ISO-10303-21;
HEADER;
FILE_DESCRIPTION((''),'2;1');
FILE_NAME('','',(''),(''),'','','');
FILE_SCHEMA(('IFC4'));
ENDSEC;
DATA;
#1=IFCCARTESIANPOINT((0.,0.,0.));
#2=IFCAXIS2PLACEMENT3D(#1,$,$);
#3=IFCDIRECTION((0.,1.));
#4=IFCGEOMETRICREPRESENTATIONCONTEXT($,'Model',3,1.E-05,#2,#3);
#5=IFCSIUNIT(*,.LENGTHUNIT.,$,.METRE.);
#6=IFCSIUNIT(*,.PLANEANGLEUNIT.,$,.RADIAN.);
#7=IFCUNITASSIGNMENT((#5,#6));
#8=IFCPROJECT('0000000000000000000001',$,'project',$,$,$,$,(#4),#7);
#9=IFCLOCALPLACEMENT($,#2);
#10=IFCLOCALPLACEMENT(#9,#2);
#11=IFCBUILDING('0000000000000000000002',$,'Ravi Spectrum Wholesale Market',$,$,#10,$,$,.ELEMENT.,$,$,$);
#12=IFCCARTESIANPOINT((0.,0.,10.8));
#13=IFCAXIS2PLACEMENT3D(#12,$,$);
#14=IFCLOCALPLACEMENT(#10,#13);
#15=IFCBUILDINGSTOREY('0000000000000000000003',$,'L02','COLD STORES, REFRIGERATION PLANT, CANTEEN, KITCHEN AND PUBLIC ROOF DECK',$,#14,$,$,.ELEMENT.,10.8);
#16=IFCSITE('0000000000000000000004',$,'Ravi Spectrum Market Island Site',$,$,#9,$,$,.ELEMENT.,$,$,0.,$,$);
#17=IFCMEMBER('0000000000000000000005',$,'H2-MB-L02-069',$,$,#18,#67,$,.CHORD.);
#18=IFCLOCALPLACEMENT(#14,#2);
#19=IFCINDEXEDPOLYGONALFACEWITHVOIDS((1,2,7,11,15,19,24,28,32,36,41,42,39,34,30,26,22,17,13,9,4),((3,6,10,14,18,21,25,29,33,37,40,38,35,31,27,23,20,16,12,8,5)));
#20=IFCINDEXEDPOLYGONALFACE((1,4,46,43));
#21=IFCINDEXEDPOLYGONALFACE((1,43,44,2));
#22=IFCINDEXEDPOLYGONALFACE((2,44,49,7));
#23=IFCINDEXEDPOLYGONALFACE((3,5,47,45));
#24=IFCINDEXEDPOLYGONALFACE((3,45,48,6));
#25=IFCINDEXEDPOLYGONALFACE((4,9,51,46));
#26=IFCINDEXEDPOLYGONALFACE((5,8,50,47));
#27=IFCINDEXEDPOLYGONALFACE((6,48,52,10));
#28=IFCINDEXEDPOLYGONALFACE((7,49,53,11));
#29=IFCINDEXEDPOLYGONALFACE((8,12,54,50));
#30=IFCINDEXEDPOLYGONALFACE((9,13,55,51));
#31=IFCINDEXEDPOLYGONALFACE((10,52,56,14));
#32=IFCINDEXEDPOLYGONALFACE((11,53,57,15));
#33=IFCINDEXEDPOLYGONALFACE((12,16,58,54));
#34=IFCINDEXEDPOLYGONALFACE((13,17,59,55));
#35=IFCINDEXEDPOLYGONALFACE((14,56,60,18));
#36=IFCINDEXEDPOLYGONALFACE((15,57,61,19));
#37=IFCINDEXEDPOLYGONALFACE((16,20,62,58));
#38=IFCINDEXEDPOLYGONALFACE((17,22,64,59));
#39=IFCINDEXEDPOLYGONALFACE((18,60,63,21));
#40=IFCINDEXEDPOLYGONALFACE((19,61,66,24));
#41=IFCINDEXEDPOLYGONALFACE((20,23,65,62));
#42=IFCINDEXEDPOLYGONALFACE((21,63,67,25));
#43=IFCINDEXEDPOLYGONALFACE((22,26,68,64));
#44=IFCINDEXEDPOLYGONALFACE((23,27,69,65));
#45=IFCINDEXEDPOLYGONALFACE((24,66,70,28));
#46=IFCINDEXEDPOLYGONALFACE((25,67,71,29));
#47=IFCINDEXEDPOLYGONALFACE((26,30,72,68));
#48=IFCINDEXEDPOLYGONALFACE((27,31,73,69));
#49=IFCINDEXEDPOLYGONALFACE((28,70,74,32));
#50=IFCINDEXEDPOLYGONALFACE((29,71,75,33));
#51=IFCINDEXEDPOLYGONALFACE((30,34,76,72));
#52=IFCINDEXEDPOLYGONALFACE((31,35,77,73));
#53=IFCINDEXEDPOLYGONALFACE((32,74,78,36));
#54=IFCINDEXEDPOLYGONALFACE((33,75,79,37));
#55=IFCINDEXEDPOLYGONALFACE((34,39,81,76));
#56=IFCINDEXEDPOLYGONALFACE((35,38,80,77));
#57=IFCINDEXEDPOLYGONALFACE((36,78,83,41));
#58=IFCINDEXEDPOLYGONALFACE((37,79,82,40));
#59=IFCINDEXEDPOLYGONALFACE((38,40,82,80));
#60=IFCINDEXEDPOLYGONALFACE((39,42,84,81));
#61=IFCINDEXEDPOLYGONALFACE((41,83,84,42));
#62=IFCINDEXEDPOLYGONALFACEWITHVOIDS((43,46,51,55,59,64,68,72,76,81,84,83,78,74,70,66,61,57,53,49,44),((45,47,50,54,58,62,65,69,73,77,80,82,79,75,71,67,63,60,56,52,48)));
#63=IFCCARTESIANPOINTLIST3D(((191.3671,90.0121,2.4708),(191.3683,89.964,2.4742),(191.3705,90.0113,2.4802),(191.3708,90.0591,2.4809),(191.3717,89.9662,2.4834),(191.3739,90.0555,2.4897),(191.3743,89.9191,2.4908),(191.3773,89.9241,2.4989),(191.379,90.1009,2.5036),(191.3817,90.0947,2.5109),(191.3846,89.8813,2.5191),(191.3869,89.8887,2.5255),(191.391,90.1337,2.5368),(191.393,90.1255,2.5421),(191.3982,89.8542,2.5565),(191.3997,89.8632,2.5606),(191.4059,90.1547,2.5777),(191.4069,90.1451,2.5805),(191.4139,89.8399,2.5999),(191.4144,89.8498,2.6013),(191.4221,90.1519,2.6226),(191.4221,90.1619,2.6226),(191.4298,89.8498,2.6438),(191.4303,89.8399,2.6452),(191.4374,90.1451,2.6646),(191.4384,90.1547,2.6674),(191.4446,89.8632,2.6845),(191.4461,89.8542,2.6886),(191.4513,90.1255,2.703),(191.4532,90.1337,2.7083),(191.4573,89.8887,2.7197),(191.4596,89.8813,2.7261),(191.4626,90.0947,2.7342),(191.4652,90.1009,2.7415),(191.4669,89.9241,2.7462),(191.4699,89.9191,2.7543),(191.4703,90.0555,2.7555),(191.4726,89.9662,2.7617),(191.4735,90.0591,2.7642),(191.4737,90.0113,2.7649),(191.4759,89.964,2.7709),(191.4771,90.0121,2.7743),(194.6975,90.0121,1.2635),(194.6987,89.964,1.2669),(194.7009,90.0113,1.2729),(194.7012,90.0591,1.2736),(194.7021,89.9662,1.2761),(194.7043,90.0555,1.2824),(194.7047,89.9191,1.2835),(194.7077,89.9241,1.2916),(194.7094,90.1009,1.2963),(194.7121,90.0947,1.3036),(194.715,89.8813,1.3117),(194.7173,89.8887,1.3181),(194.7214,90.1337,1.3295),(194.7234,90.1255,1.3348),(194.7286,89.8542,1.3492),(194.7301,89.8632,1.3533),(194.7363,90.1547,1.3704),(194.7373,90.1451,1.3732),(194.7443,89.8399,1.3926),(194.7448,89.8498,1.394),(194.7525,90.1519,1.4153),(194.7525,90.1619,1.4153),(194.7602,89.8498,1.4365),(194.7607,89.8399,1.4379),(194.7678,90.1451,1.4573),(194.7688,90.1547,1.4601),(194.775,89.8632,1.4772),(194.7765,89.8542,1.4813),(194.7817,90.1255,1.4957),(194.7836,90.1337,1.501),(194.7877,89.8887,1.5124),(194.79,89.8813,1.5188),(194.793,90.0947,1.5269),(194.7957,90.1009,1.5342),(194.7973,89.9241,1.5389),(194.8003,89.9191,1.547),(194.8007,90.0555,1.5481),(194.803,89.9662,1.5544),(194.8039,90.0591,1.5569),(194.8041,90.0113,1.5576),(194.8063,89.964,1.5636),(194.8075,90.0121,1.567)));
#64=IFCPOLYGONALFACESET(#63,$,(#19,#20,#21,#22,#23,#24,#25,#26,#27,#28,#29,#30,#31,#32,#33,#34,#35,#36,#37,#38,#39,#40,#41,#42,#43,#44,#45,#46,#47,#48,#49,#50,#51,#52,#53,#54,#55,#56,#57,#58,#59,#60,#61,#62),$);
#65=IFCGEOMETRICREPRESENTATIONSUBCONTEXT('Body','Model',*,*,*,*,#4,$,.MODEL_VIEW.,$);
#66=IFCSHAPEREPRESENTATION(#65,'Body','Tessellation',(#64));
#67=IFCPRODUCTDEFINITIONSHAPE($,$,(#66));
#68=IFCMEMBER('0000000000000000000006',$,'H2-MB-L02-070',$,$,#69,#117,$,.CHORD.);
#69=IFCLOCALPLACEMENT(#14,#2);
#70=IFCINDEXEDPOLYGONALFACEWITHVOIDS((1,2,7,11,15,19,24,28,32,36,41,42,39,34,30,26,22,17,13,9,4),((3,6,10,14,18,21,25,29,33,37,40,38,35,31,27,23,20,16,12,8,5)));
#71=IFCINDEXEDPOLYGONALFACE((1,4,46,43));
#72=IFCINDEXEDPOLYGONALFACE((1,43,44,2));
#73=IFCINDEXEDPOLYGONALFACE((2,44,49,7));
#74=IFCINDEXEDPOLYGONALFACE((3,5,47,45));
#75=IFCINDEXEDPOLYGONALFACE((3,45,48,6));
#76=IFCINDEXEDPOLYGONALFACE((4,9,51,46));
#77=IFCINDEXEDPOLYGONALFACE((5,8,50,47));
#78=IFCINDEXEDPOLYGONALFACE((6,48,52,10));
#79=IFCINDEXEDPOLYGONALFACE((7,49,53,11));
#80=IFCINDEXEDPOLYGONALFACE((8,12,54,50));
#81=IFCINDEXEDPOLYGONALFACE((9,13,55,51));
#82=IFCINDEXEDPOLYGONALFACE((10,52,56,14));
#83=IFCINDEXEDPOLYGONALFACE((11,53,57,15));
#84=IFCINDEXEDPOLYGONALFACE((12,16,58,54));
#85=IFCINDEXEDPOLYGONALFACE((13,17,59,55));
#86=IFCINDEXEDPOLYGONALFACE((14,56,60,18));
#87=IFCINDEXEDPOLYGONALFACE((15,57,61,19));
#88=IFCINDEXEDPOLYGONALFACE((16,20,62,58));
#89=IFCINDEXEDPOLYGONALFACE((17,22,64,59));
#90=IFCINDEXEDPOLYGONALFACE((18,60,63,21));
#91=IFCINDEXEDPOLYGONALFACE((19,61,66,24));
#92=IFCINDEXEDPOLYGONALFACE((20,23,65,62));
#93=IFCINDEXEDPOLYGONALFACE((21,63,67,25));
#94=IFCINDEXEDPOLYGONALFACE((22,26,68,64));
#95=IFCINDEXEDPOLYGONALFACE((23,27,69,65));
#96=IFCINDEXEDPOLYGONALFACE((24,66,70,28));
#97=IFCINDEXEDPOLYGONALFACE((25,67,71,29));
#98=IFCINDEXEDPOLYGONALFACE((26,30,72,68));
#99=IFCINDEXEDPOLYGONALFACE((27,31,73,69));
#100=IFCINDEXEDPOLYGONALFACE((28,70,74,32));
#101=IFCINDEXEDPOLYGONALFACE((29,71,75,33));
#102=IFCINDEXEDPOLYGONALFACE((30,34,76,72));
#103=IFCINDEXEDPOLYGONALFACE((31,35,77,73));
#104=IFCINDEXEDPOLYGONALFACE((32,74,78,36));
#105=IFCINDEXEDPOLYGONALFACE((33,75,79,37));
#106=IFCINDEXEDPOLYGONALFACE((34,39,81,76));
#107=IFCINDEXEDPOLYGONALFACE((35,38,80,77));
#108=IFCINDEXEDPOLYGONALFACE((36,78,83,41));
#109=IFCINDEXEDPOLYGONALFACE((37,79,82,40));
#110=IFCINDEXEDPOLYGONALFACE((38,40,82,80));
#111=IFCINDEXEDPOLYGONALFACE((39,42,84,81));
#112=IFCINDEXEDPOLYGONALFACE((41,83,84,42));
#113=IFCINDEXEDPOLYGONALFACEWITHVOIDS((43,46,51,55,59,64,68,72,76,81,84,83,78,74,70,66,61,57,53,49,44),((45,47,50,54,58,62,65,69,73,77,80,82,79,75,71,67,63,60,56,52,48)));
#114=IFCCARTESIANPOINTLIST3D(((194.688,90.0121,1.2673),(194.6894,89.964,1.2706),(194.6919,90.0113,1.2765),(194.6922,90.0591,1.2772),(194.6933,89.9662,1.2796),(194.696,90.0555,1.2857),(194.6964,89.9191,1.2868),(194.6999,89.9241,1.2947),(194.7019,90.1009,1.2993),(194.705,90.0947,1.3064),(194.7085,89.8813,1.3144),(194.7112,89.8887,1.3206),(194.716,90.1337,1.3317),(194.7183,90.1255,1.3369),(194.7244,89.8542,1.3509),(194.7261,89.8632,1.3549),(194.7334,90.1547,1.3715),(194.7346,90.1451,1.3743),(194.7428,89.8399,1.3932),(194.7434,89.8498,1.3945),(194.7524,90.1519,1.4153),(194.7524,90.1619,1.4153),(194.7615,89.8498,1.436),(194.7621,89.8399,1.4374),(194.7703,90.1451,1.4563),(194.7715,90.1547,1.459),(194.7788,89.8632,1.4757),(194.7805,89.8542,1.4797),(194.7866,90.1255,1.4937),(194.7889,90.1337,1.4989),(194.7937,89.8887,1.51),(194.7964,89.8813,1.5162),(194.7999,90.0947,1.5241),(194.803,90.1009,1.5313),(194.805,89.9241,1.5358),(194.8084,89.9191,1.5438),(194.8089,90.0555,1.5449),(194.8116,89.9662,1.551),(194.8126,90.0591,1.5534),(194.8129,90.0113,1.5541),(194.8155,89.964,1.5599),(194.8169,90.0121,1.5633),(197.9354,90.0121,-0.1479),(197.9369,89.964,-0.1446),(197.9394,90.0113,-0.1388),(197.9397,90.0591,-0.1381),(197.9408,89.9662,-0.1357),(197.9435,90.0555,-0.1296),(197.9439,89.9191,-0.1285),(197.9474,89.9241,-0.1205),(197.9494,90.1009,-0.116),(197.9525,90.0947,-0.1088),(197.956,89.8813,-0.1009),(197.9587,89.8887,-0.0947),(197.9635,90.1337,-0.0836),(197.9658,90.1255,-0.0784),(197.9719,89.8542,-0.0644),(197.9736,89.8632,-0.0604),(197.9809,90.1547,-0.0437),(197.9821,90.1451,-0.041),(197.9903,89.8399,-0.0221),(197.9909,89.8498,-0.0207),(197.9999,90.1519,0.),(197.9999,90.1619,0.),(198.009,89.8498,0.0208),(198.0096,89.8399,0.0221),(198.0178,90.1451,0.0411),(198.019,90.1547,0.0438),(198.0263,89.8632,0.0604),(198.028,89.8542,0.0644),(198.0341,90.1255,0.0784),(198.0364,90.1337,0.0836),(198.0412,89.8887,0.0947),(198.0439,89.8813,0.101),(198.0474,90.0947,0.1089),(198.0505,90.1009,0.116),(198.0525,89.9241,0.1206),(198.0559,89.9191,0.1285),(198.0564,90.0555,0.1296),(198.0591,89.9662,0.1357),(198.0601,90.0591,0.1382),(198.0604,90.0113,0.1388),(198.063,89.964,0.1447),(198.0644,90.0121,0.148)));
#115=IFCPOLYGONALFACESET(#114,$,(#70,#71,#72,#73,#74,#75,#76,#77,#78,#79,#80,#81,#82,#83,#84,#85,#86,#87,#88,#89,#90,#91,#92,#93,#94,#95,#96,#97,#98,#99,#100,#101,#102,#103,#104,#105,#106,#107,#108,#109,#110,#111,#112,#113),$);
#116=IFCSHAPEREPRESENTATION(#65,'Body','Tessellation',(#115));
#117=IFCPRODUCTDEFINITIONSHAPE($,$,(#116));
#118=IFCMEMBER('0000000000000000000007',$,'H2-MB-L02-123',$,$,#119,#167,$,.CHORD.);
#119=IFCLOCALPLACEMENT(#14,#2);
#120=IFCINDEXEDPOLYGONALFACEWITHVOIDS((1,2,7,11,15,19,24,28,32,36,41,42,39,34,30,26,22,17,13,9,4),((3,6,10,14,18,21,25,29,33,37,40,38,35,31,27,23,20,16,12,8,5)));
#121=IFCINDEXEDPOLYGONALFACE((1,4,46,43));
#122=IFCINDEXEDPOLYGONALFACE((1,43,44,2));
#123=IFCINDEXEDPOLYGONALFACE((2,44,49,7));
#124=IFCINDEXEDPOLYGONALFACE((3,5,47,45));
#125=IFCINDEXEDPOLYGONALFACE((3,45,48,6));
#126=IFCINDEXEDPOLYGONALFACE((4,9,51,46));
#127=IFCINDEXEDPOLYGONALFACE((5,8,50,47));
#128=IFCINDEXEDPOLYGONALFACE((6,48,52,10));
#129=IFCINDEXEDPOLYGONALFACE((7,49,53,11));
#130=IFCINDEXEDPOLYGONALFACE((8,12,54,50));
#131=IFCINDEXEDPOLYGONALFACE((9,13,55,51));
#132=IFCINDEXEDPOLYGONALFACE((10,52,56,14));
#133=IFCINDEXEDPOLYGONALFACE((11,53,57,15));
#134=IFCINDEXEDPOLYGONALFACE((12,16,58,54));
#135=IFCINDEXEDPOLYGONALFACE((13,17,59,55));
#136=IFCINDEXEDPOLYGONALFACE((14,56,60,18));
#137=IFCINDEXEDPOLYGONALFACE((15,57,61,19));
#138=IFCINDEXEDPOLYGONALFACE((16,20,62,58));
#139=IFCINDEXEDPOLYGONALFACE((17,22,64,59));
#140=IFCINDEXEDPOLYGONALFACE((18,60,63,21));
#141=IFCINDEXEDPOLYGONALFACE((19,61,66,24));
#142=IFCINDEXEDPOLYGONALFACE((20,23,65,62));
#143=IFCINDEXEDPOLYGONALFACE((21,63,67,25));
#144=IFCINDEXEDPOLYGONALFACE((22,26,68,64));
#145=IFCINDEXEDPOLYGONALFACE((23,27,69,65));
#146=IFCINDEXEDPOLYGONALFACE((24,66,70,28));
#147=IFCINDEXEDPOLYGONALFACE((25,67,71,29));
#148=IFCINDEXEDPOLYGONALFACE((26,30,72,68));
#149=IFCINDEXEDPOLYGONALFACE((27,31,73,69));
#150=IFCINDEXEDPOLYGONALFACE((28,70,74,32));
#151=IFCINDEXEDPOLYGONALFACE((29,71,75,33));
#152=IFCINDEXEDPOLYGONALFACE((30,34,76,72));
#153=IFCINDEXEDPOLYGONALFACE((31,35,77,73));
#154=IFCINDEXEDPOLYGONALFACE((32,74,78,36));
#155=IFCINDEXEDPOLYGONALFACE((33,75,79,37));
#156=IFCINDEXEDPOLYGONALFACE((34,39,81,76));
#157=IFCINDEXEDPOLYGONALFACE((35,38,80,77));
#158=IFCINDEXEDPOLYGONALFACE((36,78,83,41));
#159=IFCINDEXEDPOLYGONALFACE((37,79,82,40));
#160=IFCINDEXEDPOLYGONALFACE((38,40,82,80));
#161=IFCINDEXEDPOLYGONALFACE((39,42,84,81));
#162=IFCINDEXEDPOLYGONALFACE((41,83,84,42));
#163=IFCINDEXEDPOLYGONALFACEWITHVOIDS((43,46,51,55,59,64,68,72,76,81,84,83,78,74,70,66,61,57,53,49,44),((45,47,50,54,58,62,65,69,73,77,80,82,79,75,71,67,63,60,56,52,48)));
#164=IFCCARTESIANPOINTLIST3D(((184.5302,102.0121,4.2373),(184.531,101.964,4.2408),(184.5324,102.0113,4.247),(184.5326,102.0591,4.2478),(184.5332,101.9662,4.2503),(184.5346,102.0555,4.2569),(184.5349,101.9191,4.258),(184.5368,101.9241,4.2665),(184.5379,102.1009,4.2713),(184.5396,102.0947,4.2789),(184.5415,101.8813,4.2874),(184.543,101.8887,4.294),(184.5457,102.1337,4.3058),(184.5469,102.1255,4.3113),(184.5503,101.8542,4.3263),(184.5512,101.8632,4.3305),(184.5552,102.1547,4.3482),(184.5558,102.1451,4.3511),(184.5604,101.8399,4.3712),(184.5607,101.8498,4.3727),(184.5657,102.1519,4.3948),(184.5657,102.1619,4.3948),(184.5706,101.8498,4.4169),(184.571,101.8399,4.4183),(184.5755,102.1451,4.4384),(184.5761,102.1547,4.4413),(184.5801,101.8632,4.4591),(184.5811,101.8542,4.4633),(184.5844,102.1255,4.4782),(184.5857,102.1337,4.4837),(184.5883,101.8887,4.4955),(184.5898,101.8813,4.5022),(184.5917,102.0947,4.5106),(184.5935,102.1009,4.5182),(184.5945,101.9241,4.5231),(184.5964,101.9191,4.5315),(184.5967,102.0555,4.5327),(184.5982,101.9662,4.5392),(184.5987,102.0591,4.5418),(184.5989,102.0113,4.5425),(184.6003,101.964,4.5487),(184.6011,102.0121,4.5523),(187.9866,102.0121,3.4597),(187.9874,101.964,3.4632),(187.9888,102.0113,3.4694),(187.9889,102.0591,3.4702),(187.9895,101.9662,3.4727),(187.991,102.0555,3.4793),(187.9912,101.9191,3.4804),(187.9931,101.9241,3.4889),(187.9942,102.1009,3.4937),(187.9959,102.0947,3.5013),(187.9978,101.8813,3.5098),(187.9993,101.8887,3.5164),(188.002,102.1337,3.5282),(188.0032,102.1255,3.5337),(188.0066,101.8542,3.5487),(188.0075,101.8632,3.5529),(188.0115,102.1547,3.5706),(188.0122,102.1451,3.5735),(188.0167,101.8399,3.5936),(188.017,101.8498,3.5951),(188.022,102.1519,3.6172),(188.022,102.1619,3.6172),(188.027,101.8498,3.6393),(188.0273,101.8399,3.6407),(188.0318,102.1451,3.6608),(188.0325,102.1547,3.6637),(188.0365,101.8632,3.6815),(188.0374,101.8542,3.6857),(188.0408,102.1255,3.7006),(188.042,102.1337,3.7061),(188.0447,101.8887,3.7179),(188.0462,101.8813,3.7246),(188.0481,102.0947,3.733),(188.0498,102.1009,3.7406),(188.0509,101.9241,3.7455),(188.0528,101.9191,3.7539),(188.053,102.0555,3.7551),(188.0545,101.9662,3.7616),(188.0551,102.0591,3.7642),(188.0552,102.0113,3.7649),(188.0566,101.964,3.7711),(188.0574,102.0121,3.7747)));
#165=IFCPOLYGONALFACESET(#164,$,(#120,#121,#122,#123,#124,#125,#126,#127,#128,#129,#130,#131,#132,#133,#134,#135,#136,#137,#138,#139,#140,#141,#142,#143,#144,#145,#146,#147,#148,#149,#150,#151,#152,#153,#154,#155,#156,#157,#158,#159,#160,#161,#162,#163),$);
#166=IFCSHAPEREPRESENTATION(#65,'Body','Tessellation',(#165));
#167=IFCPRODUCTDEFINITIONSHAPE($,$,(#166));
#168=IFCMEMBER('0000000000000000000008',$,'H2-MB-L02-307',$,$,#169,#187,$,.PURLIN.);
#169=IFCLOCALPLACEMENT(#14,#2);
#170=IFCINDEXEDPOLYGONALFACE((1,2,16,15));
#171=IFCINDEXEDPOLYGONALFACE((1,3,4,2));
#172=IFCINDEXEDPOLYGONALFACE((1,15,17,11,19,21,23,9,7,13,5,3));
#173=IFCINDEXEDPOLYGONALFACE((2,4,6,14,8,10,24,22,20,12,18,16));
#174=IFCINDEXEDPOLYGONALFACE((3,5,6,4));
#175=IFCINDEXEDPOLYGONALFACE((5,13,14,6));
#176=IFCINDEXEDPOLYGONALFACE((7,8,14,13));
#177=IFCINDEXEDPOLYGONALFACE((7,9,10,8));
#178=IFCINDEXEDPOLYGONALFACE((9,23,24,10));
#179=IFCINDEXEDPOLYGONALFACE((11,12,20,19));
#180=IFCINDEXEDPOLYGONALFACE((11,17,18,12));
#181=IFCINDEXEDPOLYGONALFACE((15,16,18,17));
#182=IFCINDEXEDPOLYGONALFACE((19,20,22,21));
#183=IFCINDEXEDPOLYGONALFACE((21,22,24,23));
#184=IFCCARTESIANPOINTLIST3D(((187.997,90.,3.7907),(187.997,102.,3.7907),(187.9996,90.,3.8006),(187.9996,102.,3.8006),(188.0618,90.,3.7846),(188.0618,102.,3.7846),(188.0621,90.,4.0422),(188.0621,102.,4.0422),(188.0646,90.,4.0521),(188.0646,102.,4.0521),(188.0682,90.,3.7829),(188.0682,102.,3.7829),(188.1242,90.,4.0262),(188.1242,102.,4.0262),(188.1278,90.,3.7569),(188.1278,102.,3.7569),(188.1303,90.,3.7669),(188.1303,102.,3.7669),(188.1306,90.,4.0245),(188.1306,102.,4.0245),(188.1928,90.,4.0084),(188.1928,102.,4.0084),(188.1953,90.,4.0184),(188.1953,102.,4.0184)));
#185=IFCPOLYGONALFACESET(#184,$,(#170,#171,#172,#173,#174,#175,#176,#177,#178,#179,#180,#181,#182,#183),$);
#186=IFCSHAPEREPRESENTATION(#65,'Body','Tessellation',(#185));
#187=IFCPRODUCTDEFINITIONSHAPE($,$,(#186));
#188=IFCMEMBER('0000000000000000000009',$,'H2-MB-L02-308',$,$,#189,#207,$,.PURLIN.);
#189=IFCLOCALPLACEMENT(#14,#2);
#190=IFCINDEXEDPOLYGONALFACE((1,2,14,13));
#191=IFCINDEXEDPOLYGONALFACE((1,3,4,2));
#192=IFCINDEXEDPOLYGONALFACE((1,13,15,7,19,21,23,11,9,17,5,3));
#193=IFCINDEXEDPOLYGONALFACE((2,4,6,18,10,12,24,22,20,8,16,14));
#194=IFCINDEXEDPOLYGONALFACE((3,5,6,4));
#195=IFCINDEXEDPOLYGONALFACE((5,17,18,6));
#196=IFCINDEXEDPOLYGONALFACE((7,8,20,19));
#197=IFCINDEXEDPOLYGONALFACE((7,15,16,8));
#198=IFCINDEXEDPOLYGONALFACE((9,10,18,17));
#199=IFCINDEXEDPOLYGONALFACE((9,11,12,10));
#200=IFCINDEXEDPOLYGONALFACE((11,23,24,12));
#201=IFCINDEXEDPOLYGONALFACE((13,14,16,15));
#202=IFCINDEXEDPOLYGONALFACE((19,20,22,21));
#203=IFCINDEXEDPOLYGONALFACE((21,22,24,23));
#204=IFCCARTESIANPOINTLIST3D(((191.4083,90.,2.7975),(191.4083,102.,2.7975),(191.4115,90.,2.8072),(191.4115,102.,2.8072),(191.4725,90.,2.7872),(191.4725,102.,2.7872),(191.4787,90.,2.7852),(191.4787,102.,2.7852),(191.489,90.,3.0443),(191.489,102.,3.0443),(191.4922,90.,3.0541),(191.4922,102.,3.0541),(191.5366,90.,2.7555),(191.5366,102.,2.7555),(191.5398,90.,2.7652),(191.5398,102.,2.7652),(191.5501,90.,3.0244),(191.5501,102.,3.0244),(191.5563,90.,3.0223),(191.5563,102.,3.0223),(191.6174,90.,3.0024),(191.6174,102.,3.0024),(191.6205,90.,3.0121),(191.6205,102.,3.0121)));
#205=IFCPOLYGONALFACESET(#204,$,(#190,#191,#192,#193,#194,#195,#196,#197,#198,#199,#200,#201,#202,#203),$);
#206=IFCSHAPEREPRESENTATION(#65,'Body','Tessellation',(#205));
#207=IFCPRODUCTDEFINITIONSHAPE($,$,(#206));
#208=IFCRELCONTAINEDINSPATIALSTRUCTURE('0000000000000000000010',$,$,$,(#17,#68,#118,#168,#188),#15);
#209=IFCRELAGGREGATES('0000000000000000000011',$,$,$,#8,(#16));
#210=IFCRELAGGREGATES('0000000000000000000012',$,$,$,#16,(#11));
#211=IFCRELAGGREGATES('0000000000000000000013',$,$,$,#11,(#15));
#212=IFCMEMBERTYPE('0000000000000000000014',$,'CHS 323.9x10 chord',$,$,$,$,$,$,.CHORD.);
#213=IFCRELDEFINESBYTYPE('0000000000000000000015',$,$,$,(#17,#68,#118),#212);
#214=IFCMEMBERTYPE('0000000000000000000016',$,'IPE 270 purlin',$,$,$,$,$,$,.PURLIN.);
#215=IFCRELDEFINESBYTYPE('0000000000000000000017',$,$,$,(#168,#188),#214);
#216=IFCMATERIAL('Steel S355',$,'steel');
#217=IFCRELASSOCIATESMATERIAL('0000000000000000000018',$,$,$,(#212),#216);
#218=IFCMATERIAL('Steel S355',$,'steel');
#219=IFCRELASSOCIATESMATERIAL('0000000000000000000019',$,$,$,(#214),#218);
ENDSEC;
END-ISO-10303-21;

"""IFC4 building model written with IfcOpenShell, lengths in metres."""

from ifc_helpers import new_model, si_unit, direction, frame, origin, origin_2d, place, context, subcontext, project, spatial, hollow_circle, i_section, extrude, material, material_profile, profile_set, type_object, element, save


model = new_model("IFC4")

# Units and contexts
model_context = context("Model", 3, precision=1e-05, world=origin(), true_north=direction((0.0, 1.0)))
body_context = subcontext(model_context, "Body", "Model", "MODEL_VIEW")
ifc_project = project(units=[si_unit("LENGTHUNIT", "METRE"), si_unit("PLANEANGLEUNIT", "RADIAN")], contexts=[model_context])

# Site, building, storey
site_placement = place(None, origin())
site = spatial("IfcSite", under=ifc_project, at=site_placement, Name="Ravi Spectrum Market Island Site", CompositionType="ELEMENT", RefElevation=0.0)
building_placement = place(site_placement, origin())
building = spatial("IfcBuilding", under=site, at=building_placement, Name="Ravi Spectrum Wholesale Market", CompositionType="ELEMENT")
storey_placement = place(building_placement, frame((0.0, 0.0, 10.8)))
storey = spatial("IfcBuildingStorey", under=building, at=storey_placement, Name="L02", Description="COLD STORES, REFRIGERATION PLANT, CANTEEN, KITCHEN AND PUBLIC ROOF DECK", CompositionType="ELEMENT", Elevation=10.8)

# Members
ifc_material_1 = material(Name="Steel S355", Category="steel")
ifc_material_profile_1 = material_profile(ifc_material_1, hollow_circle(Radius=0.1619, WallThickness=0.01, at=origin_2d()))
ifc_profile_set_1 = profile_set([ifc_material_profile_1], Name="Steel S355")
member_type_1 = type_object("IfcMemberType", Name="CHS 323.9x10 chord", PredefinedType="CHORD", material=ifc_profile_set_1)
for number, where, z_axis, x_axis, name in (
    (1, (191.4221, 90.0, 2.6226), (0.940133, 0.0, -0.340808), (0.0, 1.0, 0.0), "H2-MB-L02-069"),
    (2, (194.7524, 90.0, 1.4153), (0.916729, 0.0, -0.39951), (0.0, 1.0, 0.0), "H2-MB-L02-070"),
):
    element("IfcMember", number, at=place(storey_placement, frame(where, z_axis=z_axis, x_axis=x_axis)), inside=storey, type_object=member_type_1, Name=name, PredefinedType="CHORD", context=body_context, shape_type="SweptSolid", body=[
        extrude(hollow_circle(Radius=0.1619, WallThickness=0.01, at=origin_2d()), origin(), (0.0, 0.0, 1.0), 3.5425),
    ])
member_1_placement = place(storey_placement, frame((184.5657, 102.0, 4.3948), z_axis=(0.975615, 0.0, -0.219491), x_axis=(0.0, 1.0, 0.0)))
element("IfcMember", 3, at=member_1_placement, inside=storey, type_object=member_type_1, Name="H2-MB-L02-123", PredefinedType="CHORD", context=body_context, shape_type="SweptSolid", body=[
    extrude(hollow_circle(Radius=0.1619, WallThickness=0.01, at=origin_2d()), origin(), (0.0, 0.0, 1.0), 3.5427),
])
ifc_material_2 = material(Name="Steel S355", Category="steel")
ifc_material_profile_2 = material_profile(ifc_material_2, i_section(OverallWidth=0.135, OverallDepth=0.27, WebThickness=0.0066, FlangeThickness=0.0103, at=origin_2d()))
ifc_profile_set_2 = profile_set([ifc_material_profile_2], Name="Steel S355")
member_type_2 = type_object("IfcMemberType", Name="IPE 270 purlin", PredefinedType="PURLIN", material=ifc_profile_set_2)
for number, where, z_axis, x_axis, name in (
    (4, (188.0962, 90.0, 3.9045), (0.0, 1.0, 0.0), (-0.968183, 0.0, 0.250243), "H2-MB-L02-307"),
    (5, (191.5144, 90.0, 2.9048), (0.0, 1.0, 0.0), (-0.950435, 0.0, 0.310923), "H2-MB-L02-308"),
):
    element("IfcMember", number, at=place(storey_placement, frame(where, z_axis=z_axis, x_axis=x_axis)), inside=storey, type_object=member_type_2, Name=name, PredefinedType="PURLIN", context=body_context, shape_type="SweptSolid", body=[
        extrude(i_section(OverallWidth=0.135, OverallDepth=0.27, WebThickness=0.0066, FlangeThickness=0.0103, at=origin_2d()), origin(), (0.0, 0.0, 1.0), 12.0),
    ])

save(model, "model.ifc")
